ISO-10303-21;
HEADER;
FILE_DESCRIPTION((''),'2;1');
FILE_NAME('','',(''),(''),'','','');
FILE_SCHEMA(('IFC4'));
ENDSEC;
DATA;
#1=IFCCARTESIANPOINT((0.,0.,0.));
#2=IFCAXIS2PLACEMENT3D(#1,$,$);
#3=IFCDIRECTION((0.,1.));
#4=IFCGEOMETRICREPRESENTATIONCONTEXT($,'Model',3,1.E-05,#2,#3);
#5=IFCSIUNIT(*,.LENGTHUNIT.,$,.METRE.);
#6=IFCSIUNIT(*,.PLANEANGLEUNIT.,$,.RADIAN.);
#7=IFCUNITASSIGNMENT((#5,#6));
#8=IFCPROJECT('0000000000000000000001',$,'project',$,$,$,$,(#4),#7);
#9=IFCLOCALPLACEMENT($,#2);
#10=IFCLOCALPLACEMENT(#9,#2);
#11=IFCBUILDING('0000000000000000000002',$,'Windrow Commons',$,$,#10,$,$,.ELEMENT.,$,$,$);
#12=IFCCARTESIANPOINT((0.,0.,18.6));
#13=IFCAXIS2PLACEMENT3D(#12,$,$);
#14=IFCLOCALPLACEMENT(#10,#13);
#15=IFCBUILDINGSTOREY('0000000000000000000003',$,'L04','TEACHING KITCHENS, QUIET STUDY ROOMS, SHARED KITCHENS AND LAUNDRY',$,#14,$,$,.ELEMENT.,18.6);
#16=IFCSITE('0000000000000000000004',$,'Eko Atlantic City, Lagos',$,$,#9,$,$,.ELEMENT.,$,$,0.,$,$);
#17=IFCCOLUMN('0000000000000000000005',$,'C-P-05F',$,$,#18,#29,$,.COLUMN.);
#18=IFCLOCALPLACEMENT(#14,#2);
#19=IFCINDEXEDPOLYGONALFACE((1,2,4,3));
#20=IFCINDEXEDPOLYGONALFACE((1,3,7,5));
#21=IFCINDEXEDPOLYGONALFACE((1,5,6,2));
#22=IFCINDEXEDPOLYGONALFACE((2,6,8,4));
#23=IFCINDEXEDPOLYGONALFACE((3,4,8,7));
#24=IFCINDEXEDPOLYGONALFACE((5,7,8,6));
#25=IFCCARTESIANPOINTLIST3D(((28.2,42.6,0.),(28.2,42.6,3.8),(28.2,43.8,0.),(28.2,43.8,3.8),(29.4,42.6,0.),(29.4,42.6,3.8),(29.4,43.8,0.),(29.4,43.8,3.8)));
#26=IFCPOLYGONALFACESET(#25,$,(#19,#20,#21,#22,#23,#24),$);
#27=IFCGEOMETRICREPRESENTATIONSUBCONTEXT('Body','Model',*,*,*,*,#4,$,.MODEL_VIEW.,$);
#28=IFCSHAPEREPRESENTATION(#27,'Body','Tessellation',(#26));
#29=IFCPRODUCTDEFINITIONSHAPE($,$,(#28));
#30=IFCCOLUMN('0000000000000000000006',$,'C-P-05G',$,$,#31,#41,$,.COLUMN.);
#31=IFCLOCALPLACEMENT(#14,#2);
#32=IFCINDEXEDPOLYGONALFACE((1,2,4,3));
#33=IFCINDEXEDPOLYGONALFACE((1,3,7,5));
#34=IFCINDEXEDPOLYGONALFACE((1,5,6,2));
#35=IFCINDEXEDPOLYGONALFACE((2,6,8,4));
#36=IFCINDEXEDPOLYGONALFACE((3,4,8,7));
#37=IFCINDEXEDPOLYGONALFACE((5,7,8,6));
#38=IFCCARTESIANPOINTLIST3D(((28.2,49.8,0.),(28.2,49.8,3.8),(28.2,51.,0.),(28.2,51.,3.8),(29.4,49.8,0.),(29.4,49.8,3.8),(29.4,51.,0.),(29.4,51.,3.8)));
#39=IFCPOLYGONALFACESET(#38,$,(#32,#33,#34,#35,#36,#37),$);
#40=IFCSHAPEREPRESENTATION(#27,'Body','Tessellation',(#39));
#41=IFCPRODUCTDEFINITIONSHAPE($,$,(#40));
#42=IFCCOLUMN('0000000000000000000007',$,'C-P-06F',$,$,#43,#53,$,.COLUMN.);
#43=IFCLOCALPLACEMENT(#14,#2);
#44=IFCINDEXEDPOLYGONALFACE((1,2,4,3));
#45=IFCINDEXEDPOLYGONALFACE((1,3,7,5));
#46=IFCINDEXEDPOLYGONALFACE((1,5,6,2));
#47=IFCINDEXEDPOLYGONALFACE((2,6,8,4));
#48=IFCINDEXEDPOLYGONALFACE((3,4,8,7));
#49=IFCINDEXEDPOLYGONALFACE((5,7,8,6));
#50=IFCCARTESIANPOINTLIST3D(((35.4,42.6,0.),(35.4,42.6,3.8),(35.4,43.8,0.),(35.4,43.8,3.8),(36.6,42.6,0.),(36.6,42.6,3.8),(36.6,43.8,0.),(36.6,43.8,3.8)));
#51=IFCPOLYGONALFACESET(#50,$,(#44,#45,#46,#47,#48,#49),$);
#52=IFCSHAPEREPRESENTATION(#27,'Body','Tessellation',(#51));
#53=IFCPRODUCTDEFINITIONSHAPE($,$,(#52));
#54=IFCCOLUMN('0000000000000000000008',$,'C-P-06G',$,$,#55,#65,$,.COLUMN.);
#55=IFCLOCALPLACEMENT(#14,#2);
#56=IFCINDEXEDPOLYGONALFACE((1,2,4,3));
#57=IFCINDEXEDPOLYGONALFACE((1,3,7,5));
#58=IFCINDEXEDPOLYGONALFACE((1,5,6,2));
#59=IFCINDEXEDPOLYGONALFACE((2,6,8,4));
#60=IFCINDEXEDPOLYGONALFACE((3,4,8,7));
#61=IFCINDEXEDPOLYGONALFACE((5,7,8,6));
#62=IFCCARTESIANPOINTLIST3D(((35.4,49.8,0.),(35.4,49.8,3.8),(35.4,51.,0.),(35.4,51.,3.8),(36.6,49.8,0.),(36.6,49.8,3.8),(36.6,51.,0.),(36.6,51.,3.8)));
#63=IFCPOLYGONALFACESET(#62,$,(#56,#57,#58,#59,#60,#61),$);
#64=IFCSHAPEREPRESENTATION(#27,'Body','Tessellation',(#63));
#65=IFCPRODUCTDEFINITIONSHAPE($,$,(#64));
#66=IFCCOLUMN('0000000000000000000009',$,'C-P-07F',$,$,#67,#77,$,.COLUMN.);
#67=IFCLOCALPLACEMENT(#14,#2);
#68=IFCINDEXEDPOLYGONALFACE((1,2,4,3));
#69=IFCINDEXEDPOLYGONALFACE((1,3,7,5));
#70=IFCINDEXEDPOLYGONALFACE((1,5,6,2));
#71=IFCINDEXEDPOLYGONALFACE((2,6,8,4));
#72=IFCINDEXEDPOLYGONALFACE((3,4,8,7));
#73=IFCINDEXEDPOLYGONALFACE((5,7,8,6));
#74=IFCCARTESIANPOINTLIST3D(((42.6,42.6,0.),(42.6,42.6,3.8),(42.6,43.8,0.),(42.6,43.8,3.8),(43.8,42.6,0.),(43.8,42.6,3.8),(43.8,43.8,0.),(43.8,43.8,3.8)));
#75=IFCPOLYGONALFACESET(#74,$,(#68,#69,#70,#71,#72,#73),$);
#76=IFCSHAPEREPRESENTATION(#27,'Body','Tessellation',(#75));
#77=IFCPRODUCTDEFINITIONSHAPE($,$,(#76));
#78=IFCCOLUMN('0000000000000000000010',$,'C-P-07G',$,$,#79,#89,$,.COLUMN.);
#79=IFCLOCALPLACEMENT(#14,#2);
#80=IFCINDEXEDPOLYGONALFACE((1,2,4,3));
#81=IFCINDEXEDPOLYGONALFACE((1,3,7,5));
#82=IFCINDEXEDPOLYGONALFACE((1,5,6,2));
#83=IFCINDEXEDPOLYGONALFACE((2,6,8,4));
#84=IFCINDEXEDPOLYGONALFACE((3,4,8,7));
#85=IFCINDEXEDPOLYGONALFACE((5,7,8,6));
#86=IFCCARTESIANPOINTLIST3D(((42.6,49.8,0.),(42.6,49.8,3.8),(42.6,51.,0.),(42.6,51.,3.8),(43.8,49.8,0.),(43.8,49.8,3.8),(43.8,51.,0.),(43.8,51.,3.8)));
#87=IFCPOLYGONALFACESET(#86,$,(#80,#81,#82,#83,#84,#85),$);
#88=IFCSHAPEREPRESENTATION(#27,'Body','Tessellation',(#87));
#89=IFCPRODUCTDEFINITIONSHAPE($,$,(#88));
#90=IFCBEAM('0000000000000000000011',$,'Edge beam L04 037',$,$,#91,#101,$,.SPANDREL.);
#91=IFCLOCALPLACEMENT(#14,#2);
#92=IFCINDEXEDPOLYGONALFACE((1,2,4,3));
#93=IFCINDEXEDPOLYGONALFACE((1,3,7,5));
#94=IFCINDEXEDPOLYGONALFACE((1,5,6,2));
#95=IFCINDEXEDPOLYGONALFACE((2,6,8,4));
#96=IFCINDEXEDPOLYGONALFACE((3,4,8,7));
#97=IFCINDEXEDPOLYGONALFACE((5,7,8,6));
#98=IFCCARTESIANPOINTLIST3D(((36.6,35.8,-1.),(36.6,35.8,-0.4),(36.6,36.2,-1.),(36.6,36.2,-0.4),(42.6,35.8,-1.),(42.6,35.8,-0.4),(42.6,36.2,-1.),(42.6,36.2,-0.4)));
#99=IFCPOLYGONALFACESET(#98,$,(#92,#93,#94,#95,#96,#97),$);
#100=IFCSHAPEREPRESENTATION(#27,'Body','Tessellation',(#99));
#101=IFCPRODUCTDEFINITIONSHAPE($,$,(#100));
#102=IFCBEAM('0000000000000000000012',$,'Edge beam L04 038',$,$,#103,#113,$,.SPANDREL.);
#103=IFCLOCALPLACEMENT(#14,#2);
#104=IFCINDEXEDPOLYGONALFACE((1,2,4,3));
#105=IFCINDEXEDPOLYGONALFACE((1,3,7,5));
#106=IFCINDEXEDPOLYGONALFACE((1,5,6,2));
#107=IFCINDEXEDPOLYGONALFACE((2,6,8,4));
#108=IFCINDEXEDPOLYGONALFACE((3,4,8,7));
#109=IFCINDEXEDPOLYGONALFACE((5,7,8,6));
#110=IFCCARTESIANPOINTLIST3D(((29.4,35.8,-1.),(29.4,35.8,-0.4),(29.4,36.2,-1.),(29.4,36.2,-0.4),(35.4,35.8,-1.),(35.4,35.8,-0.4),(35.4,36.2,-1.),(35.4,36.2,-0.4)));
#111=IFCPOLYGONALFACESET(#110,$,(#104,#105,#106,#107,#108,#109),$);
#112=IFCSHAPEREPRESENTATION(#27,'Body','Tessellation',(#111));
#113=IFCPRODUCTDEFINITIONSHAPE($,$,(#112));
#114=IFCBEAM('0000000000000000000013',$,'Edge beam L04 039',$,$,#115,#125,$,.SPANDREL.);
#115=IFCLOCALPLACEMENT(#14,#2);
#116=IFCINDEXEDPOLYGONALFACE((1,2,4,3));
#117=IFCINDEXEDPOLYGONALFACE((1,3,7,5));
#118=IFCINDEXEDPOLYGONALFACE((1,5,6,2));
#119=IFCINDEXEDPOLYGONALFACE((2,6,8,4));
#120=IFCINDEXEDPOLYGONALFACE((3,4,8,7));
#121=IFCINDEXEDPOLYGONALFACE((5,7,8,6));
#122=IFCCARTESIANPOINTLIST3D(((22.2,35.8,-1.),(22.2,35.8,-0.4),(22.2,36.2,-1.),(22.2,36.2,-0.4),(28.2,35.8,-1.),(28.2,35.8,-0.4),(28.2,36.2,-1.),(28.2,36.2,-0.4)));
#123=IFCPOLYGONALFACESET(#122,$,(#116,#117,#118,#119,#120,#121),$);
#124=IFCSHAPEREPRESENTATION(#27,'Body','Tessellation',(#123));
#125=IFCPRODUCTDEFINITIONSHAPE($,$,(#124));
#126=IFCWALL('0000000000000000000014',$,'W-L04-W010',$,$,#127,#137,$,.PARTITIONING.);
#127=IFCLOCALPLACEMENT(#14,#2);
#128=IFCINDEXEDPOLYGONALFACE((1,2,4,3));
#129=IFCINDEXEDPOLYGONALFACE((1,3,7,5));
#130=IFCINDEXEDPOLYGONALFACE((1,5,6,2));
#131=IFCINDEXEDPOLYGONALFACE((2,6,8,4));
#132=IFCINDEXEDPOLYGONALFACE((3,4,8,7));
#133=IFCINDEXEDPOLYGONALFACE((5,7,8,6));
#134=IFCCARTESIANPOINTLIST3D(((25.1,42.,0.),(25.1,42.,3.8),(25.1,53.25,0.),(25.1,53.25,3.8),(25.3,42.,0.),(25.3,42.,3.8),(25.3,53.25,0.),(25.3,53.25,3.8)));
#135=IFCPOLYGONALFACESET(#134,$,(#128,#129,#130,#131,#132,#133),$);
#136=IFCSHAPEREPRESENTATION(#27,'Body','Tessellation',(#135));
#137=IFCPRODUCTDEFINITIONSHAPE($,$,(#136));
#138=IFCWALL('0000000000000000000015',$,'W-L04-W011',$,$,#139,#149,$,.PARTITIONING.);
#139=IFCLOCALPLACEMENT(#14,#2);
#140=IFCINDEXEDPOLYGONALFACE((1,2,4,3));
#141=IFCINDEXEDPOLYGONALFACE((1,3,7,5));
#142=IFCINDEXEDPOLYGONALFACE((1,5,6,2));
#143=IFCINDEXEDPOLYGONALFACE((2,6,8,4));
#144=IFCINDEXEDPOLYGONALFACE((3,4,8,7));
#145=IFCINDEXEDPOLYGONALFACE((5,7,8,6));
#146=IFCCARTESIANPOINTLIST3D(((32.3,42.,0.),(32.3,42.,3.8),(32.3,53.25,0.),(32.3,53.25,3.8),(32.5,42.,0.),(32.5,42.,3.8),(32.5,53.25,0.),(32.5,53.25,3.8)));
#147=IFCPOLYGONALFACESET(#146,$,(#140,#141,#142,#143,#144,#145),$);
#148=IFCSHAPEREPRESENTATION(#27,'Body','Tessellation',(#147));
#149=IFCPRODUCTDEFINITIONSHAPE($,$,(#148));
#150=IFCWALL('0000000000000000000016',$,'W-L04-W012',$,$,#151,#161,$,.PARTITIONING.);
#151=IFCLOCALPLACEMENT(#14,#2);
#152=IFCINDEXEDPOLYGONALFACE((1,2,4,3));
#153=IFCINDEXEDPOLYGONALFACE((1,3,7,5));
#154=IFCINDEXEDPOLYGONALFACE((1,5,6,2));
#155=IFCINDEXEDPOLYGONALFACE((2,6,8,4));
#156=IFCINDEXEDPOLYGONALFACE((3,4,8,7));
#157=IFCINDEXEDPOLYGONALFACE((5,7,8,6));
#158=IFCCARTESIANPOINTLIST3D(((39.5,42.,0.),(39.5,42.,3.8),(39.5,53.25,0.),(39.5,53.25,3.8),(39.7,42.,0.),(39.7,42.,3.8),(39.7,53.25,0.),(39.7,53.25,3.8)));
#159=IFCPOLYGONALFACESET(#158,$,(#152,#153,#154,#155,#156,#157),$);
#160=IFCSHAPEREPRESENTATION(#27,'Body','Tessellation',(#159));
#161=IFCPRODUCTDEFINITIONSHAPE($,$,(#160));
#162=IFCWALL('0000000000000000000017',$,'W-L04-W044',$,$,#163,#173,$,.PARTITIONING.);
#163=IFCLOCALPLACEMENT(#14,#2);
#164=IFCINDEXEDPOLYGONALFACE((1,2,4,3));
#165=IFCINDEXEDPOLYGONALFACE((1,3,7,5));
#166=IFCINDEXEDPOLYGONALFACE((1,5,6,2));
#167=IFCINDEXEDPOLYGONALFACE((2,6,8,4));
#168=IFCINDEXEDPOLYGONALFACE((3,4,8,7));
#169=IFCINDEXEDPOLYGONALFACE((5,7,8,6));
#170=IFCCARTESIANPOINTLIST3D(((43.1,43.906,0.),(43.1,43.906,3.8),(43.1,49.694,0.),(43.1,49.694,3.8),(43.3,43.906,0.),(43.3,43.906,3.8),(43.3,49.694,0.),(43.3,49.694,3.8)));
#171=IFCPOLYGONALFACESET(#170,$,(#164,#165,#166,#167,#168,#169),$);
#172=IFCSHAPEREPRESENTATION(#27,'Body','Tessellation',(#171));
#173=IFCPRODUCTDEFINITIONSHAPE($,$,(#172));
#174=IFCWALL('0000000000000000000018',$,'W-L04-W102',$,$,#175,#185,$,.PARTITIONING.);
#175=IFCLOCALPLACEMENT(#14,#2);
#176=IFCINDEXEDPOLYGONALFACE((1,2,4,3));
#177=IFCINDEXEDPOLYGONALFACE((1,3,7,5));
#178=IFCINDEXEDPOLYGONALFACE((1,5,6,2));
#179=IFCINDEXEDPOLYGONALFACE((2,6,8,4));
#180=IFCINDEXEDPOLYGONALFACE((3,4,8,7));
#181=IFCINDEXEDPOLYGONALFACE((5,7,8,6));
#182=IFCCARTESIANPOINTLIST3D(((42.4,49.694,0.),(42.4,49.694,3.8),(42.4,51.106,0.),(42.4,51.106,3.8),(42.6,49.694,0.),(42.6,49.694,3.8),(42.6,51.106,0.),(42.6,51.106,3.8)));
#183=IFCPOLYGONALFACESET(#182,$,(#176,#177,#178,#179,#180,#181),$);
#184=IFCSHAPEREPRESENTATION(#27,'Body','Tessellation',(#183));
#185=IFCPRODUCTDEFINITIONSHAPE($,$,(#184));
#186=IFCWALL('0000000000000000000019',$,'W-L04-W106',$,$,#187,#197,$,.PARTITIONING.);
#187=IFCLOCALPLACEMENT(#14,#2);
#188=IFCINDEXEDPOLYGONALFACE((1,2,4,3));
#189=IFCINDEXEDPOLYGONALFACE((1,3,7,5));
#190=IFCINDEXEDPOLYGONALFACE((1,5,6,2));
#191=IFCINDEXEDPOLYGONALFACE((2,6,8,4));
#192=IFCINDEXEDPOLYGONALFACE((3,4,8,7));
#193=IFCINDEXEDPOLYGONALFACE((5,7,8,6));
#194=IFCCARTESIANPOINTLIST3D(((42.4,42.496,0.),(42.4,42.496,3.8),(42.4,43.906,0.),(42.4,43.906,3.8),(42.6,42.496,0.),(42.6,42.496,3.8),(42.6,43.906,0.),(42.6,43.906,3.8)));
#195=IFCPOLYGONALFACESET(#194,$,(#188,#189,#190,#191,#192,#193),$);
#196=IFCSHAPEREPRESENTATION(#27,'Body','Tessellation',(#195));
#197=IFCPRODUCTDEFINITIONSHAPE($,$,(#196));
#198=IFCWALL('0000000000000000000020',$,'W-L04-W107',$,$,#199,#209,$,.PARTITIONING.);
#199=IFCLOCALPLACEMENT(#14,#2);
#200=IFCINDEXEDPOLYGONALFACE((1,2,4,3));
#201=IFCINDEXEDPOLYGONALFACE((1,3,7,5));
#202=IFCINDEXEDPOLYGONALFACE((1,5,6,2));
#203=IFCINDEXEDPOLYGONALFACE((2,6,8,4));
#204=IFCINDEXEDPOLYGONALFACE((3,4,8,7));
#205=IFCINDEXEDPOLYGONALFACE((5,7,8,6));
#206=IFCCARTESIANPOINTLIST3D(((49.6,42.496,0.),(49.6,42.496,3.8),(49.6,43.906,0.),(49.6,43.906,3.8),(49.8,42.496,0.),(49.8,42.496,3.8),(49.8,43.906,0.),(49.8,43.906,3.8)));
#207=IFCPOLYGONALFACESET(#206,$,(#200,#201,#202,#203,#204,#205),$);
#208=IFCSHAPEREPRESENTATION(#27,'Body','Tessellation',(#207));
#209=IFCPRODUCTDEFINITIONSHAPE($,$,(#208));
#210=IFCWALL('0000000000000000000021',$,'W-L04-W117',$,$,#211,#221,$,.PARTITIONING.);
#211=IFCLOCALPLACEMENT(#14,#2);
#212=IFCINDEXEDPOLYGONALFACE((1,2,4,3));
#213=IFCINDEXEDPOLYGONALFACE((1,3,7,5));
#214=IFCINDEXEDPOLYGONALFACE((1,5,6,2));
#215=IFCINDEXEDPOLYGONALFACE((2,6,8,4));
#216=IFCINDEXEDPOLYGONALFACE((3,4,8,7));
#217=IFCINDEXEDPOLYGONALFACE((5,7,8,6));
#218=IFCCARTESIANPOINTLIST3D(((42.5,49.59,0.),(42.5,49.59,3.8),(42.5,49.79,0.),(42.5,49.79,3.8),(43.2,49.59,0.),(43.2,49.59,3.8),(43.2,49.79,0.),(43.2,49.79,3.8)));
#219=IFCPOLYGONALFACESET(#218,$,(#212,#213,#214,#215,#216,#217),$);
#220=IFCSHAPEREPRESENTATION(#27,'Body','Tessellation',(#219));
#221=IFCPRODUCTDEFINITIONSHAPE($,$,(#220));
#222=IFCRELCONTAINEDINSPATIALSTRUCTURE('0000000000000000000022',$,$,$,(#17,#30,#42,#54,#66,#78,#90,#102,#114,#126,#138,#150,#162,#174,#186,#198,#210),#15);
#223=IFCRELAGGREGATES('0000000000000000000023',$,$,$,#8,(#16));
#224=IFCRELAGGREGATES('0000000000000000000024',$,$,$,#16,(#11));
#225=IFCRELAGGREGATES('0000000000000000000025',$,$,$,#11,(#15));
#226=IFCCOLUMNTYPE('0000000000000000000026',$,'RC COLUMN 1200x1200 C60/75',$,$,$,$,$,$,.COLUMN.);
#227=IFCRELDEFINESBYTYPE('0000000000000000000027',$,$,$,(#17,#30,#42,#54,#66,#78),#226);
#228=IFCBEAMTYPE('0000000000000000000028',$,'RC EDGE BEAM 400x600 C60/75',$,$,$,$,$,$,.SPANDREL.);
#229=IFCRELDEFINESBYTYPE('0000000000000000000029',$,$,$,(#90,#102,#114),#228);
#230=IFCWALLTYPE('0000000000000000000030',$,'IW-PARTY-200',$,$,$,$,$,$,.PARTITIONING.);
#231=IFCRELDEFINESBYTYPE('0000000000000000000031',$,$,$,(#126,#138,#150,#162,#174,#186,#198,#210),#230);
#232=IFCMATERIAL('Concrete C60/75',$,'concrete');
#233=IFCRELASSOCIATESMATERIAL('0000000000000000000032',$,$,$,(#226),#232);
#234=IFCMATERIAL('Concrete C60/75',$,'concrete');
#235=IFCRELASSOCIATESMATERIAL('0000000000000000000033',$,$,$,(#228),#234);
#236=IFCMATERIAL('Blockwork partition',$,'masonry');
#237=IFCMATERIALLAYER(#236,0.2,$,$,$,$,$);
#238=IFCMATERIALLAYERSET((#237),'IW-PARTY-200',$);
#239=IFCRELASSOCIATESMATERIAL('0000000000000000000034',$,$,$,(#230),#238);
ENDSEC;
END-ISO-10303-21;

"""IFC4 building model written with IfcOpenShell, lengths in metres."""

from ifc_helpers import new_model, si_unit, direction, frame, frame_2d, origin, origin_2d, place, context, subcontext, project, spatial, rectangle, extrude, material, layer, layer_set, material_profile, profile_set, type_object, element, save


model = new_model("IFC4")

# Units and contexts
model_context = context("Model", 3, precision=1e-05, world=origin(), true_north=direction((0.0, 1.0)))
body_context = subcontext(model_context, "Body", "Model", "MODEL_VIEW")
ifc_project = project(units=[si_unit("LENGTHUNIT", "METRE"), si_unit("PLANEANGLEUNIT", "RADIAN")], contexts=[model_context])

# Site, building, storey
site_placement = place(None, origin())
site = spatial("IfcSite", under=ifc_project, at=site_placement, Name="Eko Atlantic City, Lagos", CompositionType="ELEMENT", RefElevation=0.0)
building_placement = place(site_placement, origin())
building = spatial("IfcBuilding", under=site, at=building_placement, Name="Windrow Commons", CompositionType="ELEMENT")
storey_placement = place(building_placement, frame((0.0, 0.0, 18.6)))
storey = spatial("IfcBuildingStorey", under=building, at=storey_placement, Name="L04", Description="TEACHING KITCHENS, QUIET STUDY ROOMS, SHARED KITCHENS AND LAUNDRY", CompositionType="ELEMENT", Elevation=18.6)

# Columns
ifc_material_1 = material(Name="Concrete C60/75", Category="concrete")
ifc_material_profile_1 = material_profile(ifc_material_1, rectangle(XDim=1.2, YDim=1.2, at=origin_2d()))
ifc_profile_set_1 = profile_set([ifc_material_profile_1], Name="Concrete C60/75")
column_type = type_object("IfcColumnType", Name="RC COLUMN 1200x1200 C60/75", PredefinedType="COLUMN", material=ifc_profile_set_1)
for number, where, z_axis, x_axis, name in (
    (1, (28.8, 43.2, 0.0), (0.0, 0.0, 1.0), (1.0, 0.0, 0.0), "C-P-05F"),
    (2, (28.8, 50.4, 0.0), (0.0, 0.0, 1.0), (1.0, 0.0, 0.0), "C-P-05G"),
    (3, (36.0, 43.2, 0.0), (0.0, 0.0, 1.0), (1.0, 0.0, 0.0), "C-P-06F"),
    (4, (36.0, 50.4, 0.0), (0.0, 0.0, 1.0), (1.0, 0.0, 0.0), "C-P-06G"),
    (5, (43.2, 43.2, 0.0), (0.0, 0.0, 1.0), (1.0, 0.0, 0.0), "C-P-07F"),
    (6, (43.2, 50.4, 0.0), (0.0, 0.0, 1.0), (1.0, 0.0, 0.0), "C-P-07G"),
):
    element("IfcColumn", number, at=place(storey_placement, frame(where, z_axis=z_axis, x_axis=x_axis)), inside=storey, type_object=column_type, Name=name, PredefinedType="COLUMN", context=body_context, shape_type="SweptSolid", body=[
        extrude(rectangle(XDim=1.2, YDim=1.2, at=origin_2d()), origin(), (0.0, 0.0, 1.0), 3.8),
    ])

# Beams
ifc_material_2 = material(Name="Concrete C60/75", Category="concrete")
ifc_material_profile_2 = material_profile(ifc_material_2, rectangle(XDim=0.4, YDim=0.6, at=origin_2d()))
ifc_profile_set_2 = profile_set([ifc_material_profile_2], Name="Concrete C60/75")
beam_type = type_object("IfcBeamType", Name="RC EDGE BEAM 400x600 C60/75", PredefinedType="SPANDREL", material=ifc_profile_set_2)
for number, where, z_axis, x_axis, name in (
    (7, (42.6, 36.0, -0.7), (-1.0, 0.0, 0.0), (0.0, -1.0, 0.0), "Edge beam L04 037"),
    (8, (35.4, 36.0, -0.7), (-1.0, 0.0, 0.0), (0.0, -1.0, 0.0), "Edge beam L04 038"),
    (9, (28.2, 36.0, -0.7), (-1.0, 0.0, 0.0), (0.0, -1.0, 0.0), "Edge beam L04 039"),
):
    element("IfcBeam", number, at=place(storey_placement, frame(where, z_axis=z_axis, x_axis=x_axis)), inside=storey, type_object=beam_type, Name=name, PredefinedType="SPANDREL", context=body_context, shape_type="SweptSolid", body=[
        extrude(rectangle(XDim=0.4, YDim=0.6, at=origin_2d()), origin(), (0.0, 0.0, 1.0), 6.0),
    ])

# Walls
ifc_material_3 = material(Name="Blockwork partition", Category="masonry")
ifc_layer_1 = layer(ifc_material_3, 0.2)
ifc_layer_set_1 = layer_set([ifc_layer_1], Name="IW-PARTY-200")
wall_type_1 = type_object("IfcWallType", Name="IW-PARTY-200", PredefinedType="PARTITIONING", material=ifc_layer_set_1)
for number, where, z_axis, x_axis, name in (
    (10, (25.2, 42.0, 0.0), (0.0, 0.0, 1.0), (0.0, 1.0, 0.0), "W-L04-W010"),
    (11, (32.4, 42.0, 0.0), (0.0, 0.0, 1.0), (0.0, 1.0, 0.0), "W-L04-W011"),
    (12, (39.6, 42.0, 0.0), (0.0, 0.0, 1.0), (0.0, 1.0, 0.0), "W-L04-W012"),
):
    element("IfcWall", number, at=place(storey_placement, frame(where, z_axis=z_axis, x_axis=x_axis)), inside=storey, type_object=wall_type_1, Name=name, PredefinedType="PARTITIONING", context=body_context, shape_type="SweptSolid", body=[
        extrude(rectangle(XDim=11.25, YDim=0.2, at=frame_2d((5.625, 0.0))), origin(), (0.0, 0.0, 1.0), 3.8),
    ])
wall_1_placement = place(storey_placement, frame((43.2, 43.906, 0.0), z_axis=(0.0, 0.0, 1.0), x_axis=(0.0, 1.0, 0.0)))
element("IfcWall", 13, at=wall_1_placement, inside=storey, type_object=wall_type_1, Name="W-L04-W044", PredefinedType="PARTITIONING", context=body_context, shape_type="SweptSolid", body=[
    extrude(rectangle(XDim=5.788, YDim=0.2, at=frame_2d((2.894, 0.0))), origin(), (0.0, 0.0, 1.0), 3.8),
])
wall_2_placement = place(storey_placement, frame((42.5, 49.694, 0.0), z_axis=(0.0, 0.0, 1.0), x_axis=(0.0, 1.0, 0.0)))
element("IfcWall", 14, at=wall_2_placement, inside=storey, type_object=wall_type_1, Name="W-L04-W102", PredefinedType="PARTITIONING", context=body_context, shape_type="SweptSolid", body=[
    extrude(rectangle(XDim=1.412, YDim=0.2, at=frame_2d((0.706, 0.0))), origin(), (0.0, 0.0, 1.0), 3.8),
])
for number, where, z_axis, x_axis, name in (
    (15, (42.5, 42.496, 0.0), (0.0, 0.0, 1.0), (0.0, 1.0, 0.0), "W-L04-W106"),
    (16, (49.7, 42.496, 0.0), (0.0, 0.0, 1.0), (0.0, 1.0, 0.0), "W-L04-W107"),
):
    element("IfcWall", number, at=place(storey_placement, frame(where, z_axis=z_axis, x_axis=x_axis)), inside=storey, type_object=wall_type_1, Name=name, PredefinedType="PARTITIONING", context=body_context, shape_type="SweptSolid", body=[
        extrude(rectangle(XDim=1.41, YDim=0.2, at=frame_2d((0.705, 0.0))), origin(), (0.0, 0.0, 1.0), 3.8),
    ])
for number, where, z_axis, x_axis, name in (
    (17, (42.5, 49.69, 0.0), (0.0, 0.0, 1.0), (1.0, 0.0, 0.0), "W-L04-W117"),
):
    element("IfcWall", number, at=place(storey_placement, frame(where, z_axis=z_axis, x_axis=x_axis)), inside=storey, type_object=wall_type_1, Name=name, PredefinedType="PARTITIONING", context=body_context, shape_type="SweptSolid", body=[
        extrude(rectangle(XDim=0.7, YDim=0.2, at=frame_2d((0.35, 0.0))), origin(), (0.0, 0.0, 1.0), 3.8),
    ])

save(model, "model.ifc")
